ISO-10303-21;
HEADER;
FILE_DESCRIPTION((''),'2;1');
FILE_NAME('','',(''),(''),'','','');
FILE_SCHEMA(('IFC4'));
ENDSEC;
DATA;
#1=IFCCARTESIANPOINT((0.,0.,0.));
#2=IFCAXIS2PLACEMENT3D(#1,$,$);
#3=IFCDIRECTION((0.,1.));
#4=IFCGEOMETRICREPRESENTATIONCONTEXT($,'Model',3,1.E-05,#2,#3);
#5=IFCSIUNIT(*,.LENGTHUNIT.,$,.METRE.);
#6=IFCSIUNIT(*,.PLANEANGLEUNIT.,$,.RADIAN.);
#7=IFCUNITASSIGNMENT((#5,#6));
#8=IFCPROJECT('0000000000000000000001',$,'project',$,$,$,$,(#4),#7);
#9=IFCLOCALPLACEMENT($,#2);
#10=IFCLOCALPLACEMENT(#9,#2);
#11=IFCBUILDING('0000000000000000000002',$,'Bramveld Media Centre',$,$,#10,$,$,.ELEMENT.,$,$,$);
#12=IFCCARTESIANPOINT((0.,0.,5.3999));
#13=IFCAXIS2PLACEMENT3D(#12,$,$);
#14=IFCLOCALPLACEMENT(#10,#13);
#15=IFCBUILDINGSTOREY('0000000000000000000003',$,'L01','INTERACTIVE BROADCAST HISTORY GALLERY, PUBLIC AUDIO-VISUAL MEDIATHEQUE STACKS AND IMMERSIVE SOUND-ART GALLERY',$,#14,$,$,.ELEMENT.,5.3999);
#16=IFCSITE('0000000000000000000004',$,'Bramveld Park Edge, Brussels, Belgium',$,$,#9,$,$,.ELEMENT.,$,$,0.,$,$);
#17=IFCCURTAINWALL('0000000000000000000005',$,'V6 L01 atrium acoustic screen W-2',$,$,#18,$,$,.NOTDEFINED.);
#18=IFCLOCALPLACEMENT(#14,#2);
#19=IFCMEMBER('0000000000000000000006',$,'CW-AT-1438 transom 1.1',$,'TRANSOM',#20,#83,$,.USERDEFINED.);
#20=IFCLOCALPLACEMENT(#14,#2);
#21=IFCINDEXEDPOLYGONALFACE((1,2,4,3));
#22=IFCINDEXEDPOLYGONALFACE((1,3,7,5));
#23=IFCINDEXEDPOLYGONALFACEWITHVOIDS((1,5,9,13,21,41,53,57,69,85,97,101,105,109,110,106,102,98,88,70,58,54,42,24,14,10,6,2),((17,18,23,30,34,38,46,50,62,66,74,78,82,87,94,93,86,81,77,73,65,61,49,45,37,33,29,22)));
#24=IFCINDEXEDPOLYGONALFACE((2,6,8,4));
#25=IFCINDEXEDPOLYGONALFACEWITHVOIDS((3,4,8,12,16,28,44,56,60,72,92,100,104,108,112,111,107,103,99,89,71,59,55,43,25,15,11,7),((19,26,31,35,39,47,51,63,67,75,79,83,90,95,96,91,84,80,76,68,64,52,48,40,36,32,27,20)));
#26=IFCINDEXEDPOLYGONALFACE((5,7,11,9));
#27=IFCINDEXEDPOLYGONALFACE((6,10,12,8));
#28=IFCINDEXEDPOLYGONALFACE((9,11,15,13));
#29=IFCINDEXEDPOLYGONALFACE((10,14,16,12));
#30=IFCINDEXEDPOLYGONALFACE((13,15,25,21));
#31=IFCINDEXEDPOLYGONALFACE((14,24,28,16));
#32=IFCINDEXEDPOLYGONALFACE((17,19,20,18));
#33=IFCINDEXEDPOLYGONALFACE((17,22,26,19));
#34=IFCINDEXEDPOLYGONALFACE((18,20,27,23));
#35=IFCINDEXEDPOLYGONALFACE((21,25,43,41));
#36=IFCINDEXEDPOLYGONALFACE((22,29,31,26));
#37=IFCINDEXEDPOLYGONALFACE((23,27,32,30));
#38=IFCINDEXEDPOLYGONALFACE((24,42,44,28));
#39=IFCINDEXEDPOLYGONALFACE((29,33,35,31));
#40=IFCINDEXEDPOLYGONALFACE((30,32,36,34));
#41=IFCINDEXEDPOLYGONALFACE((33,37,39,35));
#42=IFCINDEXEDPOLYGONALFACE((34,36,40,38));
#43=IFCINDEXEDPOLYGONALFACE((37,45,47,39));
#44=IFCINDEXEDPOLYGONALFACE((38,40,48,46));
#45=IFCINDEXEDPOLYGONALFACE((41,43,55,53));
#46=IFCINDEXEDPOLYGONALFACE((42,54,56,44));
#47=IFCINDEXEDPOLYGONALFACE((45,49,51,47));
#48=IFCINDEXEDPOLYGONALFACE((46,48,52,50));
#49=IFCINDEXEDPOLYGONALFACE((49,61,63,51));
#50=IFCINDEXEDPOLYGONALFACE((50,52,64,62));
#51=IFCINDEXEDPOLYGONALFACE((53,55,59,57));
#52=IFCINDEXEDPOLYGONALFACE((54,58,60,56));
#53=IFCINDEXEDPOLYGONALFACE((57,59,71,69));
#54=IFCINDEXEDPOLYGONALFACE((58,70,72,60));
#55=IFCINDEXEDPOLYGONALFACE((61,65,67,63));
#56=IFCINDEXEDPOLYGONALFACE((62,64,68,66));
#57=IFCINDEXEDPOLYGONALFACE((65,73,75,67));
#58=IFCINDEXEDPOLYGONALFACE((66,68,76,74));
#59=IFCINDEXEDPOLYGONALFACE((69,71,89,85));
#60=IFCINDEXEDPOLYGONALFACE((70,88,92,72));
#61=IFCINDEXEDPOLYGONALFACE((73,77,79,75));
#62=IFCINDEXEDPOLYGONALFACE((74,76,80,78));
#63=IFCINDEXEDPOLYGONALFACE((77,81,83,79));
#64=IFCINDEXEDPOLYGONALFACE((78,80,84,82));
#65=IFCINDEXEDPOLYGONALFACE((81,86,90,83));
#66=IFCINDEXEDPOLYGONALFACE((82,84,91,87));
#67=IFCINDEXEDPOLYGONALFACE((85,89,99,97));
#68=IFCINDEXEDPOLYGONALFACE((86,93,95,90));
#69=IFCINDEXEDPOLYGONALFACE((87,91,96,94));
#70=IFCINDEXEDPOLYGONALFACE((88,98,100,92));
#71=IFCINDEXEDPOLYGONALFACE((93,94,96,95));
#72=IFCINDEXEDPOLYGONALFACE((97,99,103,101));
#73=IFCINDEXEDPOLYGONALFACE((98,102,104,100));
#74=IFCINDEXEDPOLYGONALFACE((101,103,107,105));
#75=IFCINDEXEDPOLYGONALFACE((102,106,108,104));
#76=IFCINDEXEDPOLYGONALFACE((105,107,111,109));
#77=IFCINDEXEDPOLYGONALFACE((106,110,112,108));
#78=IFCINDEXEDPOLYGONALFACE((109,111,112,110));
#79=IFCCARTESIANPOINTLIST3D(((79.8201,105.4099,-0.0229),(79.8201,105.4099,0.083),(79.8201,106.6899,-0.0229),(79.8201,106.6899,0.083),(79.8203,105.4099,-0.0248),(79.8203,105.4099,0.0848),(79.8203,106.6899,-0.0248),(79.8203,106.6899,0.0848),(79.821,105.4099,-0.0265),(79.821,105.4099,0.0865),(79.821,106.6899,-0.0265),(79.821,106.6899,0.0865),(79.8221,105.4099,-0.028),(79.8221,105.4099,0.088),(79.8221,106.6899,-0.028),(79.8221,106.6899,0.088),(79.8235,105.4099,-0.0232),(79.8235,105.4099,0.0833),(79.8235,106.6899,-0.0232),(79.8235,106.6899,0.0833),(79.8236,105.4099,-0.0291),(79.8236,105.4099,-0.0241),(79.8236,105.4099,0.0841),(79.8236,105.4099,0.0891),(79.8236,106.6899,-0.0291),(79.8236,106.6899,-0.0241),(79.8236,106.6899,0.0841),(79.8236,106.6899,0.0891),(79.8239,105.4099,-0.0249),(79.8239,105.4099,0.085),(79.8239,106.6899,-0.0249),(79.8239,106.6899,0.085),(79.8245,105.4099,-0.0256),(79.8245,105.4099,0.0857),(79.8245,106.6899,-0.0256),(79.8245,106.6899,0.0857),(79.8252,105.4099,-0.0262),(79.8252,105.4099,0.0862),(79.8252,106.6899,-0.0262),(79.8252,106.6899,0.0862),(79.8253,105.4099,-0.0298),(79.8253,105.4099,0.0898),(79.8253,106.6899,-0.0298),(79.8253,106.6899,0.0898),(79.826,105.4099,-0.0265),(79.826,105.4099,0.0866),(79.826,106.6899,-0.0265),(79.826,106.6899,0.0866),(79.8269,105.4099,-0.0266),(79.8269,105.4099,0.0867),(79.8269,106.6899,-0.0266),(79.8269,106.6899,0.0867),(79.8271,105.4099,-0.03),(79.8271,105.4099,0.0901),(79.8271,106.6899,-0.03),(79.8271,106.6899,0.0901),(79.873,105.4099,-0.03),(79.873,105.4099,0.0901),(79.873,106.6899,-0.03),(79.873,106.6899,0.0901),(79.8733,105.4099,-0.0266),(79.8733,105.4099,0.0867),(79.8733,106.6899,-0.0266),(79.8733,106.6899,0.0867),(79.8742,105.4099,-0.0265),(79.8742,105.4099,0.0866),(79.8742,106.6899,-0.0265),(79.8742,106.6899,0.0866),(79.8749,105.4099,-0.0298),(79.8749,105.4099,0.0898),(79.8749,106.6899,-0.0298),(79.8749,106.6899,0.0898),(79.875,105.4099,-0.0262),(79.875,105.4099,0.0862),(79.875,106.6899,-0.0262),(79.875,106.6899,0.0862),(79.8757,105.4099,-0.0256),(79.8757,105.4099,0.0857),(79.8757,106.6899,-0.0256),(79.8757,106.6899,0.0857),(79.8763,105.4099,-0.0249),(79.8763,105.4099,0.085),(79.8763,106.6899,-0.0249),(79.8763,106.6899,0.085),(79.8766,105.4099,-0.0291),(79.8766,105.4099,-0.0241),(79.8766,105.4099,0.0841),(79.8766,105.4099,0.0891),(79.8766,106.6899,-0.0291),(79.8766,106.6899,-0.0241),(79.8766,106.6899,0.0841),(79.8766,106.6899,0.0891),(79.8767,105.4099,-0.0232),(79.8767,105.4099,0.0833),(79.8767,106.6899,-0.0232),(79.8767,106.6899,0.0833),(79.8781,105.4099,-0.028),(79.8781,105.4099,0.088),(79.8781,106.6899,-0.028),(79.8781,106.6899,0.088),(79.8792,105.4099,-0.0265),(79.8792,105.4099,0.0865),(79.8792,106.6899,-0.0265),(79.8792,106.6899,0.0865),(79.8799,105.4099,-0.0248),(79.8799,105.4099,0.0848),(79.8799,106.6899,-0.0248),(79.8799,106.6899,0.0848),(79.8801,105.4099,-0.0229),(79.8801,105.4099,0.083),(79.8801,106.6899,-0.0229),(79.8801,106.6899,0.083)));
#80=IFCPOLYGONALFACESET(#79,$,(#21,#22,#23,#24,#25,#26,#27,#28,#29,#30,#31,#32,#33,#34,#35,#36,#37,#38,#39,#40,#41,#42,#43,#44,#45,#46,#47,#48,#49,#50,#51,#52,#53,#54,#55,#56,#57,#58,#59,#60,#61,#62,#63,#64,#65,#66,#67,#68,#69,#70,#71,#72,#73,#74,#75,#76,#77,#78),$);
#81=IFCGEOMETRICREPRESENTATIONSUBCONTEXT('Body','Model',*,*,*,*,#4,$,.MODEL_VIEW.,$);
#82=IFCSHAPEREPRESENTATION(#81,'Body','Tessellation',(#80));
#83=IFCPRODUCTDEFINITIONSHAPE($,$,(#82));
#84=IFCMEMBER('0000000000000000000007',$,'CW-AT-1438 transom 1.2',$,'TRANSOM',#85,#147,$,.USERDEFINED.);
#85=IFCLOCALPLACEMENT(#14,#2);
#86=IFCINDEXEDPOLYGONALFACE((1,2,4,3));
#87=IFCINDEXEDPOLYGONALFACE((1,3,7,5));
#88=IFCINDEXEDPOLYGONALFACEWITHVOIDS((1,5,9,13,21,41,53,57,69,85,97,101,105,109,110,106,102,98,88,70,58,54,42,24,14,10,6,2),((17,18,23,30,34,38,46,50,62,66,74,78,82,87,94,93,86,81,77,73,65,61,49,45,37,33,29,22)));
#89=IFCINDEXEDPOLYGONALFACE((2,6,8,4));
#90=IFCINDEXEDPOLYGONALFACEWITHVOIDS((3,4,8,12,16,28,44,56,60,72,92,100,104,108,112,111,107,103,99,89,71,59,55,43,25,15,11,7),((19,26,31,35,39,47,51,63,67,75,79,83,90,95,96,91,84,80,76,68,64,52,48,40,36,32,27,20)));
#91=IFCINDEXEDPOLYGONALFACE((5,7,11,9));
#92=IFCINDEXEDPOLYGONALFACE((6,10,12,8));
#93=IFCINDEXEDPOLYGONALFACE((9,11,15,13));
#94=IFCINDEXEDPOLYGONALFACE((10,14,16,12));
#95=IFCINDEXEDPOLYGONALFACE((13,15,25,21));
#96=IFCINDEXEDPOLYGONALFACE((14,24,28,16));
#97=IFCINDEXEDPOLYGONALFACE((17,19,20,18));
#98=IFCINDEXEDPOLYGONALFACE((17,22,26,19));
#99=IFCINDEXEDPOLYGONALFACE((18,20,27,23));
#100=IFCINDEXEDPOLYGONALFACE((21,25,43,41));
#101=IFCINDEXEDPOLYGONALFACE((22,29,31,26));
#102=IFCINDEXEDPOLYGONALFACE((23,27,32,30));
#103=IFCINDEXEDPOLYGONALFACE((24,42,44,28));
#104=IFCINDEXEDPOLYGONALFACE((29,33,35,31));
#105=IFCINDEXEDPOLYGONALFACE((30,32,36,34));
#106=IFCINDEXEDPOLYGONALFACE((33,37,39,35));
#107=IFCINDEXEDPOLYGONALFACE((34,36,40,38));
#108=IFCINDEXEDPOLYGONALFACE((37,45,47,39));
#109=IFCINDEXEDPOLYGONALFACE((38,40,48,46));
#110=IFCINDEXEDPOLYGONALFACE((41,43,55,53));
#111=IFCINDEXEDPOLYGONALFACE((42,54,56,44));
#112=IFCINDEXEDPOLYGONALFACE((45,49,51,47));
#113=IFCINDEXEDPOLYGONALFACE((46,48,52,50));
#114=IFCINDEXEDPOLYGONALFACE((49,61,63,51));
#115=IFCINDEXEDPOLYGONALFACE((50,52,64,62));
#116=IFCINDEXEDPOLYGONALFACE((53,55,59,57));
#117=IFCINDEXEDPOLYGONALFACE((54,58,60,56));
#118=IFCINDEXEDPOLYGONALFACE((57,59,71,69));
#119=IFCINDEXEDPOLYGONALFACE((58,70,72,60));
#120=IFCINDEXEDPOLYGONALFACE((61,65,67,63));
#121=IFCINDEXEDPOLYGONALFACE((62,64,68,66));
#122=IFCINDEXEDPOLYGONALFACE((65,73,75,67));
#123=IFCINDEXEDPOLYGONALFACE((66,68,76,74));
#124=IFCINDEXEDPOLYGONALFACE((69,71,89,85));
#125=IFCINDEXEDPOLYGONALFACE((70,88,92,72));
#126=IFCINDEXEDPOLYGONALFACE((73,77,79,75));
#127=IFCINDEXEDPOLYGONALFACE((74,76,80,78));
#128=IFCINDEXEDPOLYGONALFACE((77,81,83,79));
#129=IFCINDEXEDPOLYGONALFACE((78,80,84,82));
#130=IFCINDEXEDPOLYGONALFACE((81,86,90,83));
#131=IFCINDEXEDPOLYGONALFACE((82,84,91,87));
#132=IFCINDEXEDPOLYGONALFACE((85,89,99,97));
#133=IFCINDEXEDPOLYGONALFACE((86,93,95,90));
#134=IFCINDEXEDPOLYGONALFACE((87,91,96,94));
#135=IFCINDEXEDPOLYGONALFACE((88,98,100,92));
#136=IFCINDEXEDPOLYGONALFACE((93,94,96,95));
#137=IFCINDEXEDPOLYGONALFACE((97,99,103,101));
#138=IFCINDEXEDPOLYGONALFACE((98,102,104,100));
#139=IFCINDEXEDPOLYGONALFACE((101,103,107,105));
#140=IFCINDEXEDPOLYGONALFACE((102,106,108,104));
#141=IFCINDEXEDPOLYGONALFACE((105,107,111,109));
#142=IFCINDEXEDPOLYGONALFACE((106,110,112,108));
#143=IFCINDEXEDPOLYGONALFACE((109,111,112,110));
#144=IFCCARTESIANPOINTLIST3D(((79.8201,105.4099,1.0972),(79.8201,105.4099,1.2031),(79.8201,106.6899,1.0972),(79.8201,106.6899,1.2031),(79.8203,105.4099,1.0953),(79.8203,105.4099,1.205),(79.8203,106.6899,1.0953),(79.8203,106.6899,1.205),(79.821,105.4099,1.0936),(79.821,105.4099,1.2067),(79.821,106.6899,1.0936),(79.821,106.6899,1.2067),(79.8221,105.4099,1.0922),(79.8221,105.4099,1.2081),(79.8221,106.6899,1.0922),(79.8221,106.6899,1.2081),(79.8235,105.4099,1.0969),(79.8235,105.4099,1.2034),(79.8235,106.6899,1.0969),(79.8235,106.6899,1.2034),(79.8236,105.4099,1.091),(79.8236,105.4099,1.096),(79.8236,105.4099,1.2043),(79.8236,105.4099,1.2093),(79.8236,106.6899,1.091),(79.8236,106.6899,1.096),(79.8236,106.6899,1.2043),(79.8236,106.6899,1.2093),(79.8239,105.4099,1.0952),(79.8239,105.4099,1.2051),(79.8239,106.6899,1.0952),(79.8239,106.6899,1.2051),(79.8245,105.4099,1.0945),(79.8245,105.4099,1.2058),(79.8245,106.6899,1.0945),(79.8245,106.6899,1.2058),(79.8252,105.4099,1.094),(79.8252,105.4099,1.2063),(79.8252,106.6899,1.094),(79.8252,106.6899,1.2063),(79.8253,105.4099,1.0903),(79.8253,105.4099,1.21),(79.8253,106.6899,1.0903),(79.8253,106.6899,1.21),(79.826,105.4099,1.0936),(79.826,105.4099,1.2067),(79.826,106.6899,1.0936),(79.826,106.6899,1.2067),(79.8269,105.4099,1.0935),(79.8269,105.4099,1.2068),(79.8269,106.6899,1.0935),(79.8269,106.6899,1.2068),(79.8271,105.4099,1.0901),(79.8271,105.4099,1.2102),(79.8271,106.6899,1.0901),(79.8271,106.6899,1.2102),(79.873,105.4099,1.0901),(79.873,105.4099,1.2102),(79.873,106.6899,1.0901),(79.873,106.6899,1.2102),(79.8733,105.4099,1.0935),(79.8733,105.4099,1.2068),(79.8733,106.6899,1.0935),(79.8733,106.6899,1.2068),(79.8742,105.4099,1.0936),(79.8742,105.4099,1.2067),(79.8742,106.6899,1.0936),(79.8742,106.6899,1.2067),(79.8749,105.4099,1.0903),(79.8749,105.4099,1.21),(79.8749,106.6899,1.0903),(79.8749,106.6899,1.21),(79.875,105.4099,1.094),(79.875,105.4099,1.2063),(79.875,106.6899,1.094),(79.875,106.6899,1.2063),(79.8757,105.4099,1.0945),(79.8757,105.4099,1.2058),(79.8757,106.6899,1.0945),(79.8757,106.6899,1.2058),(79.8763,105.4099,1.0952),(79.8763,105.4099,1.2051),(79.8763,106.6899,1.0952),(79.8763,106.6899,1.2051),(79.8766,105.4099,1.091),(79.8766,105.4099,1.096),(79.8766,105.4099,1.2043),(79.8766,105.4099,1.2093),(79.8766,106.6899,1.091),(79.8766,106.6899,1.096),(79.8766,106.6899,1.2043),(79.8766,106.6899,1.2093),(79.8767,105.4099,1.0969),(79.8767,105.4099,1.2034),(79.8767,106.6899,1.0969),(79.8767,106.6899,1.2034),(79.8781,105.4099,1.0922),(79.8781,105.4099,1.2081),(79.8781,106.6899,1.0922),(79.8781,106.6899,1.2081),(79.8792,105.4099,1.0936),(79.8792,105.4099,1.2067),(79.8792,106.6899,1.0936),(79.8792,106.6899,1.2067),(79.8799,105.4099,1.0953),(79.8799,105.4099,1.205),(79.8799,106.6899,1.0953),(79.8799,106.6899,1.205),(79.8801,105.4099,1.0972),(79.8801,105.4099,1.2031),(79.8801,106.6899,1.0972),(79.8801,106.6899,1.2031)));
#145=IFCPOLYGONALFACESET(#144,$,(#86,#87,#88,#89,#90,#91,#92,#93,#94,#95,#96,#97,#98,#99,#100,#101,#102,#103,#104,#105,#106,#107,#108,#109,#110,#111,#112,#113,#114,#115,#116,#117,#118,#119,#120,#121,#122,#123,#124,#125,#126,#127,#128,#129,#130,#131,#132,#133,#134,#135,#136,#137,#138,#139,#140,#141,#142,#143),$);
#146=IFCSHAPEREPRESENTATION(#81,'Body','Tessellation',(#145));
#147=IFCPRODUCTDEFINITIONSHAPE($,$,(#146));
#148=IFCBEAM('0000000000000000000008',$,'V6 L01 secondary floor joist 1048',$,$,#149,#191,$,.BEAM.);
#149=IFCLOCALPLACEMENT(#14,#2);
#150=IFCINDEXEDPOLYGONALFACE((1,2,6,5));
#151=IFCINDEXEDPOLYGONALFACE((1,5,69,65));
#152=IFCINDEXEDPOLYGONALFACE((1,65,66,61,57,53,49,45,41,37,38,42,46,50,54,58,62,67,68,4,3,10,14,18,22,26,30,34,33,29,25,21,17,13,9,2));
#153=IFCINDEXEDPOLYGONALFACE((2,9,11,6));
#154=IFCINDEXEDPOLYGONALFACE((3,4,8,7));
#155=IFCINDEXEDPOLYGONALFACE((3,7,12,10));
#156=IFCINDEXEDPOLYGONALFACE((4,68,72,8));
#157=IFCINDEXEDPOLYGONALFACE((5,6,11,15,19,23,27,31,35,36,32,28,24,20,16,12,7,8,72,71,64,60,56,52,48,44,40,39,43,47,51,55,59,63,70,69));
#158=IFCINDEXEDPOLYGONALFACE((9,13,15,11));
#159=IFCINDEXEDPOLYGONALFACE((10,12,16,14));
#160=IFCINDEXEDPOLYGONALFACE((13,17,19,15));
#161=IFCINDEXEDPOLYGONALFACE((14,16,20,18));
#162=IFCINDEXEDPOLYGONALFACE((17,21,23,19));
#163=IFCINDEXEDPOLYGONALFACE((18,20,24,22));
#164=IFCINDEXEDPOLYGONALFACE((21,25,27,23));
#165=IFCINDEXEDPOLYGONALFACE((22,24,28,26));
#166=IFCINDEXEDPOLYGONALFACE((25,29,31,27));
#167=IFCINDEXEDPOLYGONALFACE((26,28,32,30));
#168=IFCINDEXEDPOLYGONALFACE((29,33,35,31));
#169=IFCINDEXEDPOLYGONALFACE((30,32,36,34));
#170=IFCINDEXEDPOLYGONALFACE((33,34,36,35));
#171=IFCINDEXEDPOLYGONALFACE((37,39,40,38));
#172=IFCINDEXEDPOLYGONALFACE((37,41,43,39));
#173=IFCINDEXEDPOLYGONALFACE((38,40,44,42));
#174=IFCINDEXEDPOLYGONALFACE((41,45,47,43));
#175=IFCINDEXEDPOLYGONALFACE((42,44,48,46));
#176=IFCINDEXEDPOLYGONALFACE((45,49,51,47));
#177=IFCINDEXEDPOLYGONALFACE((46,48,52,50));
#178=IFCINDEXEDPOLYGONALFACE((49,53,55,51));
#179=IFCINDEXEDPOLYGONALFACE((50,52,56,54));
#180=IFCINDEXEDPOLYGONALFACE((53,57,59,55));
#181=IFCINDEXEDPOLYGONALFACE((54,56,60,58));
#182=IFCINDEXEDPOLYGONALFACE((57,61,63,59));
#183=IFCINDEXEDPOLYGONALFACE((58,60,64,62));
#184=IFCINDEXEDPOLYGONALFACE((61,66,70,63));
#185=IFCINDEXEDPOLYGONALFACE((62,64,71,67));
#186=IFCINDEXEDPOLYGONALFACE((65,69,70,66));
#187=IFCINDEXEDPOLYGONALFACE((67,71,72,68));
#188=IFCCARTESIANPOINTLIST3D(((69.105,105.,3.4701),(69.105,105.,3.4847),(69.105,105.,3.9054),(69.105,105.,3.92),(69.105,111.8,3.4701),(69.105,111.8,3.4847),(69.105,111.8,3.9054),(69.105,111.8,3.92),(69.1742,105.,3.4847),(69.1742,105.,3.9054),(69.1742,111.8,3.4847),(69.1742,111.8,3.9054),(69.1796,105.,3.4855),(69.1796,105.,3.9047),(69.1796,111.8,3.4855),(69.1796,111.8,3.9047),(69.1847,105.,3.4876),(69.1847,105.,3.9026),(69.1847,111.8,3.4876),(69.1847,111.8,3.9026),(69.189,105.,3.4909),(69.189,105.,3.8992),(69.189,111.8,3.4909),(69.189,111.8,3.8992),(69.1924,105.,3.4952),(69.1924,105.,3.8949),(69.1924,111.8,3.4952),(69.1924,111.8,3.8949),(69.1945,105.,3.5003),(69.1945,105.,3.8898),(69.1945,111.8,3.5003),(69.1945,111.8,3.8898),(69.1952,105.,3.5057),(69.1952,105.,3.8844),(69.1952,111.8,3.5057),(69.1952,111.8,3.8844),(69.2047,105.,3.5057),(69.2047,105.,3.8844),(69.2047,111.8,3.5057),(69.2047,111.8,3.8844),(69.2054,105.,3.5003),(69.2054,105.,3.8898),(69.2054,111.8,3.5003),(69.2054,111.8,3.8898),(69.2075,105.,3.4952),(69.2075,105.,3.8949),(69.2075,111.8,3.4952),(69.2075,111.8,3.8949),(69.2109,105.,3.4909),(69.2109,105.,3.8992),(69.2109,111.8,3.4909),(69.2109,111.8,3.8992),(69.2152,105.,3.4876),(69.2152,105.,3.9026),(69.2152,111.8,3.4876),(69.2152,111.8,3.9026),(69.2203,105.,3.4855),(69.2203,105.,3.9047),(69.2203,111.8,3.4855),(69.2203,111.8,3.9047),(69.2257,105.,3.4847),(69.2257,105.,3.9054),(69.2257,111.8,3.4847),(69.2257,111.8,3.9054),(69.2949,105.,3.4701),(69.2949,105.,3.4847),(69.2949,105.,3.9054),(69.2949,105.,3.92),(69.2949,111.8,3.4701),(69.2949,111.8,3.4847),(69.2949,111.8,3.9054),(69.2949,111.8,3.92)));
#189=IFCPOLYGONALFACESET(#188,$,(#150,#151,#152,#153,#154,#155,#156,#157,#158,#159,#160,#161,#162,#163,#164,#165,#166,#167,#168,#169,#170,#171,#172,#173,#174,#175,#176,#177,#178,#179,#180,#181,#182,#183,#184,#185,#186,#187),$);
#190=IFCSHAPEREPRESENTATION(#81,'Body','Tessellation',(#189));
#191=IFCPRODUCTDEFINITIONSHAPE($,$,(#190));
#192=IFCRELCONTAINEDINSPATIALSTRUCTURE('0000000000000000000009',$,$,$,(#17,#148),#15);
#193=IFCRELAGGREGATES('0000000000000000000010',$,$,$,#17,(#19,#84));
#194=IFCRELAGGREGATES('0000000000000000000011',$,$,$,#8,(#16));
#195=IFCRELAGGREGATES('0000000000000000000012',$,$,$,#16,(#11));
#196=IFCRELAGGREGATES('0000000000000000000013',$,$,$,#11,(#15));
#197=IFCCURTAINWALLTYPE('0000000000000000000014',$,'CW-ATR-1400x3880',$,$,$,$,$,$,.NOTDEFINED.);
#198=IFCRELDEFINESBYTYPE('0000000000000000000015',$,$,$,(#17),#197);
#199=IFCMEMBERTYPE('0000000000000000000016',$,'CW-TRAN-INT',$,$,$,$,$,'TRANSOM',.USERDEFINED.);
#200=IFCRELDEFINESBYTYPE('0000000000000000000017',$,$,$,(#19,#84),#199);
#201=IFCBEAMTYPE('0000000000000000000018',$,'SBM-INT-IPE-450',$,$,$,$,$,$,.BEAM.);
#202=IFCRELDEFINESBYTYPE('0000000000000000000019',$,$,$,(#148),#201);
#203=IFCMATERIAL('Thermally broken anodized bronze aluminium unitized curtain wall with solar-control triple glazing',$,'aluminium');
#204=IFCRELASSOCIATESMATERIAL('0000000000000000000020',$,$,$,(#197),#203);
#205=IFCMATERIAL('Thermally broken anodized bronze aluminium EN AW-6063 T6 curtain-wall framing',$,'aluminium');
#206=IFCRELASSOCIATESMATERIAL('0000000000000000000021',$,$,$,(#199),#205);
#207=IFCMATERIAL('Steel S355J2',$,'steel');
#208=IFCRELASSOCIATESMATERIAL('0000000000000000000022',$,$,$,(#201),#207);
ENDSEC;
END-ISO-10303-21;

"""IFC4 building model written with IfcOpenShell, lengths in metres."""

from ifc_helpers import new_model, si_unit, direction, frame, origin, origin_2d, place, context, subcontext, project, spatial, hollow_rectangle, i_section, extrude, material, material_profile, profile_set, type_object, element, aggregate, save


model = new_model("IFC4")

# Units and contexts
model_context = context("Model", 3, precision=1e-05, world=origin(), true_north=direction((0.0, 1.0)))
body_context = subcontext(model_context, "Body", "Model", "MODEL_VIEW")
ifc_project = project(units=[si_unit("LENGTHUNIT", "METRE"), si_unit("PLANEANGLEUNIT", "RADIAN")], contexts=[model_context])

# Site, building, storey
site_placement = place(None, origin())
site = spatial("IfcSite", under=ifc_project, at=site_placement, Name="Bramveld Park Edge, Brussels, Belgium", CompositionType="ELEMENT", RefElevation=0.0)
building_placement = place(site_placement, origin())
building = spatial("IfcBuilding", under=site, at=building_placement, Name="Bramveld Media Centre", CompositionType="ELEMENT")
storey_placement = place(building_placement, frame((0.0, 0.0, 5.3999)))
storey = spatial("IfcBuildingStorey", under=building, at=storey_placement, Name="L01", Description="INTERACTIVE BROADCAST HISTORY GALLERY, PUBLIC AUDIO-VISUAL MEDIATHEQUE STACKS AND IMMERSIVE SOUND-ART GALLERY", CompositionType="ELEMENT", Elevation=5.3999)

# Curtain wall
ifc_material_1 = material(Name="Thermally broken anodized bronze aluminium unitized curtain wall with solar-control triple glazing", Category="aluminium")
curtain_wall_type_1 = type_object("IfcCurtainWallType", Name="CW-ATR-1400x3880", PredefinedType="NOTDEFINED", material=ifc_material_1)
curtain_wall_1_placement = place(storey_placement, origin())
curtain_wall_1 = element("IfcCurtainWall", 1, at=curtain_wall_1_placement, inside=storey, type_object=curtain_wall_type_1, Name="V6 L01 atrium acoustic screen W-2", PredefinedType="NOTDEFINED")

# Members
ifc_material_2 = material(Name="Thermally broken anodized bronze aluminium EN AW-6063 T6 curtain-wall framing", Category="aluminium")
ifc_material_profile_1 = material_profile(ifc_material_2, hollow_rectangle(XDim=0.0601, YDim=0.1201, WallThickness=0.0034, InnerFilletRadius=0.0034, OuterFilletRadius=0.0071, at=origin_2d()), Name="AL-TRAN 60x120")
ifc_profile_set_1 = profile_set([ifc_material_profile_1], Name="Thermally broken anodized bronze aluminium EN AW-6063 T6 curtain-wall framing")
member_type_1 = type_object("IfcMemberType", Name="CW-TRAN-INT", ElementType="TRANSOM", PredefinedType="USERDEFINED", material=ifc_profile_set_1)
member_1_placement = place(storey_placement, frame((79.8501, 105.4099, 0.03), z_axis=(0.0, 1.0, 0.0), x_axis=(-1.0, 0.0, 0.0)))
member_1 = element("IfcMember", 2, at=member_1_placement, type_object=member_type_1, Name="CW-AT-1438 transom 1.1", ObjectType="TRANSOM", PredefinedType="USERDEFINED", context=body_context, shape_type="SweptSolid", body=[
    extrude(hollow_rectangle(XDim=0.0601, YDim=0.1201, WallThickness=0.0034, InnerFilletRadius=0.0034, OuterFilletRadius=0.0071, at=origin_2d()), origin(), (0.0, 0.0, 1.0), 1.28),
])
member_2_placement = place(storey_placement, frame((79.8501, 105.4099, 1.1501), z_axis=(0.0, 1.0, 0.0), x_axis=(-1.0, 0.0, 0.0)))
member_2 = element("IfcMember", 3, at=member_2_placement, type_object=member_type_1, Name="CW-AT-1438 transom 1.2", ObjectType="TRANSOM", PredefinedType="USERDEFINED", context=body_context, shape_type="SweptSolid", body=[
    extrude(hollow_rectangle(XDim=0.0601, YDim=0.1201, WallThickness=0.0034, InnerFilletRadius=0.0034, OuterFilletRadius=0.0071, at=origin_2d()), origin(), (0.0, 0.0, 1.0), 1.28),
])
aggregate(curtain_wall_1, [member_1, member_2])

# Beam
ifc_material_3 = material(Name="Steel S355J2", Category="steel")
ifc_material_profile_2 = material_profile(ifc_material_3, i_section(OverallWidth=0.1899, OverallDepth=0.45, WebThickness=0.0095, FlangeThickness=0.0146, FilletRadius=0.021, at=origin_2d()), Name="IPE 450")
ifc_profile_set_2 = profile_set([ifc_material_profile_2], Name="Steel S355J2")
beam_type_1 = type_object("IfcBeamType", Name="SBM-INT-IPE-450", PredefinedType="BEAM", material=ifc_profile_set_2)
beam_1_placement = place(storey_placement, frame((69.2, 105.0, 3.6951), z_axis=(0.0, 1.0, 0.0), x_axis=(-1.0, 0.0, 0.0)))
element("IfcBeam", 4, at=beam_1_placement, inside=storey, type_object=beam_type_1, Name="V6 L01 secondary floor joist 1048", PredefinedType="BEAM", context=body_context, shape_type="SweptSolid", body=[
    extrude(i_section(OverallWidth=0.1899, OverallDepth=0.45, WebThickness=0.0095, FlangeThickness=0.0146, FilletRadius=0.021, at=origin_2d()), origin(), (0.0, 0.0, 1.0), 6.8),
])

save(model, "model.ifc")
